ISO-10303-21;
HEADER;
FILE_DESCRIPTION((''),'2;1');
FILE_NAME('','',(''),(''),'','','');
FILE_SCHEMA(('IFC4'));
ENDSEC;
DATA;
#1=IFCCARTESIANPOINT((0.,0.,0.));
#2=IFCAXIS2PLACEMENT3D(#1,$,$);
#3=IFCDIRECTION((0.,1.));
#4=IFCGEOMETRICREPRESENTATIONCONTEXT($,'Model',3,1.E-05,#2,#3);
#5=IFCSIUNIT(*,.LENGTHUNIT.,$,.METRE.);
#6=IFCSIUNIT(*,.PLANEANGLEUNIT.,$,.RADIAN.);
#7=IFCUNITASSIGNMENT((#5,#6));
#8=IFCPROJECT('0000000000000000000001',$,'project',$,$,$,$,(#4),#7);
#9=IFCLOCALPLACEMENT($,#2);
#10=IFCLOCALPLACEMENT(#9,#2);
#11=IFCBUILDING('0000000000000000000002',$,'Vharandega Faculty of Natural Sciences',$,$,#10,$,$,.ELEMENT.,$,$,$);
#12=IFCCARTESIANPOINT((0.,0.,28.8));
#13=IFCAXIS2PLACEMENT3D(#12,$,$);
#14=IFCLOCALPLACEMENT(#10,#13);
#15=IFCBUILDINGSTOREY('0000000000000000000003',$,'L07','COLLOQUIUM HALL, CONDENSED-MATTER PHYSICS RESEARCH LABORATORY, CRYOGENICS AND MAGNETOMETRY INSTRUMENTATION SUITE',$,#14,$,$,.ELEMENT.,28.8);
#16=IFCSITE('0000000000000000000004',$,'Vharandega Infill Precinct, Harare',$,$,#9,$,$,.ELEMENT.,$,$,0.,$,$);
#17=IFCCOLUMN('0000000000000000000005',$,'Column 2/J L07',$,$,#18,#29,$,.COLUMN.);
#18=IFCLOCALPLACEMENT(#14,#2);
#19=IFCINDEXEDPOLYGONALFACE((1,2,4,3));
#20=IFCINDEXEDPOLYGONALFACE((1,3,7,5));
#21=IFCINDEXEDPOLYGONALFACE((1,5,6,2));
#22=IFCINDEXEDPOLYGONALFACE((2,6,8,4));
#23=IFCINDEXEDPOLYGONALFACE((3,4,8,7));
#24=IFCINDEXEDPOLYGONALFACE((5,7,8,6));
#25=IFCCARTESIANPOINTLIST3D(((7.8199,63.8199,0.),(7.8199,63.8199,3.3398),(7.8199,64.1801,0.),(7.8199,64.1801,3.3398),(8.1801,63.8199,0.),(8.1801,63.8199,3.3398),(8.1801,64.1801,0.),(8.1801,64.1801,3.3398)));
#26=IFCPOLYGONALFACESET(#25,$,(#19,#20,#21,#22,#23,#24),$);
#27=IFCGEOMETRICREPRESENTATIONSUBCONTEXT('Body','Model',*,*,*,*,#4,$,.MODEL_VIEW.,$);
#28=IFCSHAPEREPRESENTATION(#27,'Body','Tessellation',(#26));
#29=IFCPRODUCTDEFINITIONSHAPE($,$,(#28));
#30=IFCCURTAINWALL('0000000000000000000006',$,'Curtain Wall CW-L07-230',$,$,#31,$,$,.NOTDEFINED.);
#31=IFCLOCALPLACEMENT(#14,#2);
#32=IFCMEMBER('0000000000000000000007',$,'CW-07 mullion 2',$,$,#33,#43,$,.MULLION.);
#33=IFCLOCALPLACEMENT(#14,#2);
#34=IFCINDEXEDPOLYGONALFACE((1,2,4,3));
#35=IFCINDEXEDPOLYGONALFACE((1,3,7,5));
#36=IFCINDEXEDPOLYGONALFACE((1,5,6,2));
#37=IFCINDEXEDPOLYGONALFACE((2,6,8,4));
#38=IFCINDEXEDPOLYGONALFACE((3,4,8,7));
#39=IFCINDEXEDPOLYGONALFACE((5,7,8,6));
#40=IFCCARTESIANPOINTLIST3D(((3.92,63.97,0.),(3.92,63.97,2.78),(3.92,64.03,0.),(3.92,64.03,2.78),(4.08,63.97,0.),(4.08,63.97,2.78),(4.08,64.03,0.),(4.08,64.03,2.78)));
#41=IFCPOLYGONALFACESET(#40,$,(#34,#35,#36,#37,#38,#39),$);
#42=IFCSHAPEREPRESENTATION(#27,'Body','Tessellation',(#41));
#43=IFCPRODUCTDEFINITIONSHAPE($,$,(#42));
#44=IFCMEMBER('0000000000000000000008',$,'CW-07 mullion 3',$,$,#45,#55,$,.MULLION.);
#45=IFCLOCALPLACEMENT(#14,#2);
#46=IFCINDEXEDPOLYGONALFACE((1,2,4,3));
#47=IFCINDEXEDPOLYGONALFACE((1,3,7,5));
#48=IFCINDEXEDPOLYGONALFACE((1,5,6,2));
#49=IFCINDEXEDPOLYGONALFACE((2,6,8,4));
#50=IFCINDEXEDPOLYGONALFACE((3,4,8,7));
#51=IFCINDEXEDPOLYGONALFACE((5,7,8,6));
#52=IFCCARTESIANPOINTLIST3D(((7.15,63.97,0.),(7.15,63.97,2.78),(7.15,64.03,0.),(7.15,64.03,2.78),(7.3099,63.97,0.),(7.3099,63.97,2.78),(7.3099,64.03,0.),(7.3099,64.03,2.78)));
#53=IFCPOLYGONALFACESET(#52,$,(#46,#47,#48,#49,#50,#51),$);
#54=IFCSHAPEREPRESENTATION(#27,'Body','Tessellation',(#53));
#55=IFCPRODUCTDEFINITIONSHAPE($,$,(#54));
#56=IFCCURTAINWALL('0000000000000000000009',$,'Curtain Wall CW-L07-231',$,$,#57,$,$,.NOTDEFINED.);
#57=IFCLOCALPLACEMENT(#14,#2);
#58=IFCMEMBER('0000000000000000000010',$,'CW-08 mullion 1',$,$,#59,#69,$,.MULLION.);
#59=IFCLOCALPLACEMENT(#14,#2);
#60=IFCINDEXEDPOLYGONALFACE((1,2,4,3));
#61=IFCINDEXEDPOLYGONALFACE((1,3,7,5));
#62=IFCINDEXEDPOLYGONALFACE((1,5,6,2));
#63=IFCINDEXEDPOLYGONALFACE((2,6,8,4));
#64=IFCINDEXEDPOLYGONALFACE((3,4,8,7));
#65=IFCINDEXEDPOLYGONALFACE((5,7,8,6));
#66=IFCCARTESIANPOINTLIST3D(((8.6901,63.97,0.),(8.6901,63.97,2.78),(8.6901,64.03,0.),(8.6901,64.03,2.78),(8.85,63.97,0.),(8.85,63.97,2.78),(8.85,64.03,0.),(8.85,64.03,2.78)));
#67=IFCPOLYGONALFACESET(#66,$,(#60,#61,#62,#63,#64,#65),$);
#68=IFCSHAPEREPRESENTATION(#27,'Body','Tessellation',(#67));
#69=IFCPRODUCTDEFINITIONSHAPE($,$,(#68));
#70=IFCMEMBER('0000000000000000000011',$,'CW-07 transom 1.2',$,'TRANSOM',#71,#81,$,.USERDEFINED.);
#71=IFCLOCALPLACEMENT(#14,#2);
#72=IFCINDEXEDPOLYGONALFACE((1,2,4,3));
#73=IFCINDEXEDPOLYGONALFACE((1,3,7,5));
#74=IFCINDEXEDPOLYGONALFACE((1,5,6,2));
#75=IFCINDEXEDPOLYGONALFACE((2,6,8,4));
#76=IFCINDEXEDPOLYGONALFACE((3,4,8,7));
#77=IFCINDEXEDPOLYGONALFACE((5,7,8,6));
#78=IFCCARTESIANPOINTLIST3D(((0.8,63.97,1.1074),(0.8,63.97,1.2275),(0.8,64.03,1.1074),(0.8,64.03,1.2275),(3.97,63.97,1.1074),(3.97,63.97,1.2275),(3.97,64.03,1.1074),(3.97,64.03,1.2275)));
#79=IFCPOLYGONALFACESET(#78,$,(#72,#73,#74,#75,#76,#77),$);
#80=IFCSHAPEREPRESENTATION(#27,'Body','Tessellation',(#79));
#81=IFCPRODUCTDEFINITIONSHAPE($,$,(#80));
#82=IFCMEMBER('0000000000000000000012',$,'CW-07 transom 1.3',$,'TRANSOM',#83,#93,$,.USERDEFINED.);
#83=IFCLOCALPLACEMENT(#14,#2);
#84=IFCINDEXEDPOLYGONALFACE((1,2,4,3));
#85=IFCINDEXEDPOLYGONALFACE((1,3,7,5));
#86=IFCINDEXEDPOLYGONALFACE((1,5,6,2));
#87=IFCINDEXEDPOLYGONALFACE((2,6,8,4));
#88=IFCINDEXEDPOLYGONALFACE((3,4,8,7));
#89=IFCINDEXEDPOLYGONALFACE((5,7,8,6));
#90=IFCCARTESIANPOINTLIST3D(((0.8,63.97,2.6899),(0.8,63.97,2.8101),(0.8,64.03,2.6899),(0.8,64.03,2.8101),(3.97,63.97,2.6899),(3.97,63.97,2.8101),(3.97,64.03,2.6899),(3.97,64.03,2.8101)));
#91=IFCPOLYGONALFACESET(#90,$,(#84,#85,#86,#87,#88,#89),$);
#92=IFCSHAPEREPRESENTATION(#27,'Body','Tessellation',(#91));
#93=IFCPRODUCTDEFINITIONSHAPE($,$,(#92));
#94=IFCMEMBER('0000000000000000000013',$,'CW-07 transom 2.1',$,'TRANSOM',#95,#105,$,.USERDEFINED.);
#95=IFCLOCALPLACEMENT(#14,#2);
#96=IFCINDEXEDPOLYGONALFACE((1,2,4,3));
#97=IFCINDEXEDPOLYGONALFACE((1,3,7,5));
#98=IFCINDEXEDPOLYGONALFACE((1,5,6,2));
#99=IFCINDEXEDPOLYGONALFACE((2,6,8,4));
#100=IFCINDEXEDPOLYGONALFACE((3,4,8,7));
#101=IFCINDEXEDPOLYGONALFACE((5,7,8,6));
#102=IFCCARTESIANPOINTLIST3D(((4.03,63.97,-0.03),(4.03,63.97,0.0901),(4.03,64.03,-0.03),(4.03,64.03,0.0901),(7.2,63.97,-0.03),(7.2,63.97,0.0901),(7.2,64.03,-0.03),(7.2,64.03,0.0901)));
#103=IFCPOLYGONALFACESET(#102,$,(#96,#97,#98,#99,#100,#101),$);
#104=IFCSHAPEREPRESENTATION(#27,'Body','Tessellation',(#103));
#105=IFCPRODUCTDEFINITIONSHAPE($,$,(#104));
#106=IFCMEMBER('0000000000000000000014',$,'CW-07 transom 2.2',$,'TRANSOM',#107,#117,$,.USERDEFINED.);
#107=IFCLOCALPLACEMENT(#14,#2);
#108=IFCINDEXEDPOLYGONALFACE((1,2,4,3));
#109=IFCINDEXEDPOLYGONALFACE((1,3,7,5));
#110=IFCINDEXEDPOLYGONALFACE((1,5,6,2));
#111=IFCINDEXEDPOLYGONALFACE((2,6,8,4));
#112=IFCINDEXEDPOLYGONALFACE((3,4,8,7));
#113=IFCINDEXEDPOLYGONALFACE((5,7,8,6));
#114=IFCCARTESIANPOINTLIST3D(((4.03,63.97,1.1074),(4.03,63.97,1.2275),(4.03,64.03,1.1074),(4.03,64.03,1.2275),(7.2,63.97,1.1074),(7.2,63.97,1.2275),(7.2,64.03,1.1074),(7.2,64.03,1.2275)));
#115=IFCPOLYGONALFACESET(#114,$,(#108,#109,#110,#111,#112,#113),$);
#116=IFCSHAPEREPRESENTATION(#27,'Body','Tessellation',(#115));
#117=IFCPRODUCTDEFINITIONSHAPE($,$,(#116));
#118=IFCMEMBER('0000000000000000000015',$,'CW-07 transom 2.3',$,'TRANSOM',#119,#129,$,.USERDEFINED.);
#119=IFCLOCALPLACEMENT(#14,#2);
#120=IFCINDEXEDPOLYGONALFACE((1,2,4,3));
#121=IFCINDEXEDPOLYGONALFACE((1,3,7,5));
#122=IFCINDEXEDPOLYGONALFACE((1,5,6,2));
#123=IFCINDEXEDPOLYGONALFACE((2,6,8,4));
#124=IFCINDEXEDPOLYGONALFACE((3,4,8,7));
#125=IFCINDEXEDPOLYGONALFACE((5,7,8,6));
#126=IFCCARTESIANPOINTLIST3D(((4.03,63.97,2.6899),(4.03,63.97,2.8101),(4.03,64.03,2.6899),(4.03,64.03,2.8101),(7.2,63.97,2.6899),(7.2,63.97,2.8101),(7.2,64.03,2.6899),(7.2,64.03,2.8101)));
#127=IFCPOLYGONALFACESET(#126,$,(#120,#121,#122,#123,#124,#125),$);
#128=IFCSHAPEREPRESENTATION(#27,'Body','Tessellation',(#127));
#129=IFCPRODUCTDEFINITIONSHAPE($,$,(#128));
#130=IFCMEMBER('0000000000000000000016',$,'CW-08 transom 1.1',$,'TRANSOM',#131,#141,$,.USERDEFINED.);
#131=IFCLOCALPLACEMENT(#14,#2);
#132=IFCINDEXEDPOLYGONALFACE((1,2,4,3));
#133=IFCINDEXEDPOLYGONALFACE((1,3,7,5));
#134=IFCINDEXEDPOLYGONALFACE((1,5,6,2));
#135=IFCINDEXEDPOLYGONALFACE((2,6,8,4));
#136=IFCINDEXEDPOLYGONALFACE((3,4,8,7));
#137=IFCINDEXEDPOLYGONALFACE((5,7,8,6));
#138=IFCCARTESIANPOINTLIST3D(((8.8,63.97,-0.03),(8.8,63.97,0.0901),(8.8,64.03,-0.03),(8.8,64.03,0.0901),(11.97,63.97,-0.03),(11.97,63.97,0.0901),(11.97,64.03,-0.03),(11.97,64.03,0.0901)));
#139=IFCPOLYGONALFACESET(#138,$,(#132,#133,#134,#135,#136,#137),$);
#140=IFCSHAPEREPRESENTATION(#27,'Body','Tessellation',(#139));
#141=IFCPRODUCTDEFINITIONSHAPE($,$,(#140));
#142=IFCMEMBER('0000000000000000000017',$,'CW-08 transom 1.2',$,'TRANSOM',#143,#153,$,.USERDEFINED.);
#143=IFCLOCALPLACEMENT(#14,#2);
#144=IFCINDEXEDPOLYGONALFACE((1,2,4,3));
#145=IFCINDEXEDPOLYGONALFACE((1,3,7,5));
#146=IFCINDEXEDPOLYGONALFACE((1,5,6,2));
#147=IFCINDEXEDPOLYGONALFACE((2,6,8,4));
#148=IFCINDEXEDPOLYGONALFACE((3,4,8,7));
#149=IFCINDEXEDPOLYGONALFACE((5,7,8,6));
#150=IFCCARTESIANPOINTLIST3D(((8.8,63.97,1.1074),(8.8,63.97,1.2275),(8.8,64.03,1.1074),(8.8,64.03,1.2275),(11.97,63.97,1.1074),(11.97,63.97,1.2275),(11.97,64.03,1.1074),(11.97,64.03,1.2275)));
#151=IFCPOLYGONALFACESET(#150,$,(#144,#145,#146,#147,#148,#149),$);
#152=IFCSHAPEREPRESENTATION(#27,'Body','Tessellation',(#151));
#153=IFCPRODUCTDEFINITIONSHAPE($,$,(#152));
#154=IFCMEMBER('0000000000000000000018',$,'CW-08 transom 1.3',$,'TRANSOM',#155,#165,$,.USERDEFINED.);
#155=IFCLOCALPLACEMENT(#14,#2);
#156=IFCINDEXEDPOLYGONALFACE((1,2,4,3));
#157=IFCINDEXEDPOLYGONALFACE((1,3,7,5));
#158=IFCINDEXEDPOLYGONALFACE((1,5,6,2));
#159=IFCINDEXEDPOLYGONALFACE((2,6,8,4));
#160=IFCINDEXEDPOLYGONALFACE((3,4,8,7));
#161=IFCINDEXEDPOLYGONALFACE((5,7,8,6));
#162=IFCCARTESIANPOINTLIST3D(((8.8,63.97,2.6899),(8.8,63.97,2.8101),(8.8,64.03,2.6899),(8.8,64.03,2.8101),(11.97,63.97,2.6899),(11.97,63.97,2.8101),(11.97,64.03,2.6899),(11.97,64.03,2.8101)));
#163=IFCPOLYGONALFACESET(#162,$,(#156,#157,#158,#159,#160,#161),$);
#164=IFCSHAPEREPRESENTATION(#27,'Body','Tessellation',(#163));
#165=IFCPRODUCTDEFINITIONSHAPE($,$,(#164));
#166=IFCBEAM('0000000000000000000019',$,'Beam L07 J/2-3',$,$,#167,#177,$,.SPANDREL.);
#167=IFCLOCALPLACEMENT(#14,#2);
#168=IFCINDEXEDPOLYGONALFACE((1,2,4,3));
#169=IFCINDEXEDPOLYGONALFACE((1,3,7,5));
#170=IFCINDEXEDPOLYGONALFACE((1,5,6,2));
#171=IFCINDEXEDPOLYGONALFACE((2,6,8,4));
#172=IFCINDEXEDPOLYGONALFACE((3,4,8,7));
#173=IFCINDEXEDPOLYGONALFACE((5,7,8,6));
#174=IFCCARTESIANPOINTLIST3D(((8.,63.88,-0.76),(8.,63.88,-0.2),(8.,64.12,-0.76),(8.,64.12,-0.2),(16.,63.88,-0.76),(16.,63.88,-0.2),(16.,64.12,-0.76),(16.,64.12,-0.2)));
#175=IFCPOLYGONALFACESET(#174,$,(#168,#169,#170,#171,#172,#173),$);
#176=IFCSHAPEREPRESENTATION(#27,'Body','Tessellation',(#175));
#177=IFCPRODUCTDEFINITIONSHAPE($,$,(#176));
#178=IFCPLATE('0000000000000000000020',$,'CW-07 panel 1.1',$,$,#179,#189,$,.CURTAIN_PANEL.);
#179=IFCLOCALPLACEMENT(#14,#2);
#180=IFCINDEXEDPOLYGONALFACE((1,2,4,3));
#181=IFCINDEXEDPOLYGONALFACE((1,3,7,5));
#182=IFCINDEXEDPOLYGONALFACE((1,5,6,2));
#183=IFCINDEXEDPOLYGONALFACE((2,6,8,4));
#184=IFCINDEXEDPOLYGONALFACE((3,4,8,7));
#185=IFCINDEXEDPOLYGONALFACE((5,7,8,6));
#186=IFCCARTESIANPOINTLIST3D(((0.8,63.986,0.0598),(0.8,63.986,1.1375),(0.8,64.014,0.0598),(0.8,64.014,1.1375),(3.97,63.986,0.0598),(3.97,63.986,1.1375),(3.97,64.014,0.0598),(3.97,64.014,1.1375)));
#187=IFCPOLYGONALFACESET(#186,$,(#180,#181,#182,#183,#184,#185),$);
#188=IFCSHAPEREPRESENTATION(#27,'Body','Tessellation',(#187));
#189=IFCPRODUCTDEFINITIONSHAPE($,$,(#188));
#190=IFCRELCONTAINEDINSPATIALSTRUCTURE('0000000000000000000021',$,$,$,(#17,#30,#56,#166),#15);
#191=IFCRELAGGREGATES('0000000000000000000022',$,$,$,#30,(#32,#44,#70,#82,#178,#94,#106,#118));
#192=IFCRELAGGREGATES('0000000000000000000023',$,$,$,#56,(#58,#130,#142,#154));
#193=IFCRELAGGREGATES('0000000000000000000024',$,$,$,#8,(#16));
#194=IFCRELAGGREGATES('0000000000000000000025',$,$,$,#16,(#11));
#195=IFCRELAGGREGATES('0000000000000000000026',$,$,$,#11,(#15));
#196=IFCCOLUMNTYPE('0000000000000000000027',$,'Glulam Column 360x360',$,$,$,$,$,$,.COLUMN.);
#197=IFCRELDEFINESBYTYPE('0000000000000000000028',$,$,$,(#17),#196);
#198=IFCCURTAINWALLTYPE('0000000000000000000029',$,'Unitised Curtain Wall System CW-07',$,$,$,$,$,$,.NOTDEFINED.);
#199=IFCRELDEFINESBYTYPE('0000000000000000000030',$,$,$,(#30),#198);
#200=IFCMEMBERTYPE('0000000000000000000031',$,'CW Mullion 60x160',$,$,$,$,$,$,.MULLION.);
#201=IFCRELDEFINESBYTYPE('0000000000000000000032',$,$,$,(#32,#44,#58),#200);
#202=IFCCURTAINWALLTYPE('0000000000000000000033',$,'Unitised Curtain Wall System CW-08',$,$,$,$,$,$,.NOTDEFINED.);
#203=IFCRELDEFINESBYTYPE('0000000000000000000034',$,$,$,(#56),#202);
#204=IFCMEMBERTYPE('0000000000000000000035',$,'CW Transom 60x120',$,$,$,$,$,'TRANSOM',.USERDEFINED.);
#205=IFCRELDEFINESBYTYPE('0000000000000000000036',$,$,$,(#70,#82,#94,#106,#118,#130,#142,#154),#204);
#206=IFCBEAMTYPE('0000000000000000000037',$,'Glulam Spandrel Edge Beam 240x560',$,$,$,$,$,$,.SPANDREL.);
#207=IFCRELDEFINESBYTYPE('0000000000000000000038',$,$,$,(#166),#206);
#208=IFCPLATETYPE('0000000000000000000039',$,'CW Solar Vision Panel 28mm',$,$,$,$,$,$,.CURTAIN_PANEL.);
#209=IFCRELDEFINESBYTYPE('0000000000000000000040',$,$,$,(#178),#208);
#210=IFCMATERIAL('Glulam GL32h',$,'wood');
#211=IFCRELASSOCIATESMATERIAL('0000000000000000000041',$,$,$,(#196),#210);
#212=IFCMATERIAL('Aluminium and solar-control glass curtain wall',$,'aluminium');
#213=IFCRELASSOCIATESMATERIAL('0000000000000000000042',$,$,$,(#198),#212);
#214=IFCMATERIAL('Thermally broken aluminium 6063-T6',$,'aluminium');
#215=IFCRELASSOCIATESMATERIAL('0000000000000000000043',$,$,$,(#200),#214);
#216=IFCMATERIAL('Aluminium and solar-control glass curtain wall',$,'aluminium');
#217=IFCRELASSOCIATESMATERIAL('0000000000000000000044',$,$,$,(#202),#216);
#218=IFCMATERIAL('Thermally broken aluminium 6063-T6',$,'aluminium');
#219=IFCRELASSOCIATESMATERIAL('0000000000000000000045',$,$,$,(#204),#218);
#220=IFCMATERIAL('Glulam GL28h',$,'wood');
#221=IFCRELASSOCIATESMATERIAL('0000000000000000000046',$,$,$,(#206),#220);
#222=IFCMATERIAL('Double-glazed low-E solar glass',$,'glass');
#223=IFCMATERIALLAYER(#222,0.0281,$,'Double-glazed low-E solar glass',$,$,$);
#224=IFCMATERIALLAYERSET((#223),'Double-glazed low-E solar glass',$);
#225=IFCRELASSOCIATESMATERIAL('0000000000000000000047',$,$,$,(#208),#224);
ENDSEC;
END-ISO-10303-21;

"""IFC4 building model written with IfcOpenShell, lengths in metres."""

from ifc_helpers import new_model, si_unit, direction, frame, origin, origin_2d, place, context, subcontext, project, spatial, rectangle, extrude, material, layer, layer_set, material_profile, profile_set, type_object, element, aggregate, save


model = new_model("IFC4")

# Units and contexts
model_context = context("Model", 3, precision=1e-05, world=origin(), true_north=direction((0.0, 1.0)))
body_context = subcontext(model_context, "Body", "Model", "MODEL_VIEW")
ifc_project = project(units=[si_unit("LENGTHUNIT", "METRE"), si_unit("PLANEANGLEUNIT", "RADIAN")], contexts=[model_context])

# Site, building, storey
site_placement = place(None, origin())
site = spatial("IfcSite", under=ifc_project, at=site_placement, Name="Vharandega Infill Precinct, Harare", CompositionType="ELEMENT", RefElevation=0.0)
building_placement = place(site_placement, origin())
building = spatial("IfcBuilding", under=site, at=building_placement, Name="Vharandega Faculty of Natural Sciences", CompositionType="ELEMENT")
storey_placement = place(building_placement, frame((0.0, 0.0, 28.8)))
storey = spatial("IfcBuildingStorey", under=building, at=storey_placement, Name="L07", Description="COLLOQUIUM HALL, CONDENSED-MATTER PHYSICS RESEARCH LABORATORY, CRYOGENICS AND MAGNETOMETRY INSTRUMENTATION SUITE", CompositionType="ELEMENT", Elevation=28.8)

# Column
ifc_material_1 = material(Name="Glulam GL32h", Category="wood")
ifc_material_profile_1 = material_profile(ifc_material_1, rectangle(XDim=0.3601, YDim=0.3601, at=origin_2d()), Name="GL32h 360x360")
ifc_profile_set_1 = profile_set([ifc_material_profile_1], Name="Glulam GL32h")
column_type = type_object("IfcColumnType", Name="Glulam Column 360x360", PredefinedType="COLUMN", material=ifc_profile_set_1)
column_placement = place(storey_placement, frame((8.0, 64.0, 0.0), z_axis=(0.0, 0.0, 1.0), x_axis=(1.0, 0.0, 0.0)))
element("IfcColumn", 1, at=column_placement, inside=storey, type_object=column_type, Name="Column 2/J L07", PredefinedType="COLUMN", context=body_context, shape_type="SweptSolid", body=[
    extrude(rectangle(XDim=0.3601, YDim=0.3601, at=origin_2d()), origin(), (0.0, 0.0, 1.0), 3.3398),
])

# Curtain wall, members
ifc_material_2 = material(Name="Aluminium and solar-control glass curtain wall", Category="aluminium")
curtain_wall_type_1 = type_object("IfcCurtainWallType", Name="Unitised Curtain Wall System CW-07", PredefinedType="NOTDEFINED", material=ifc_material_2)
curtain_wall_1_placement = place(storey_placement, origin())
curtain_wall_1 = element("IfcCurtainWall", 2, at=curtain_wall_1_placement, inside=storey, type_object=curtain_wall_type_1, Name="Curtain Wall CW-L07-230", PredefinedType="NOTDEFINED")
ifc_material_3 = material(Name="Thermally broken aluminium 6063-T6", Category="aluminium")
ifc_material_profile_2 = material_profile(ifc_material_3, rectangle(XDim=0.0601, YDim=0.1599, at=origin_2d()), Name="ALU 60x160")
ifc_profile_set_2 = profile_set([ifc_material_profile_2], Name="Thermally broken aluminium 6063-T6")
member_type_1 = type_object("IfcMemberType", Name="CW Mullion 60x160", PredefinedType="MULLION", material=ifc_profile_set_2)
member_1_placement = place(storey_placement, frame((4.0, 64.0, 0.0), z_axis=(0.0, 0.0, 1.0), x_axis=(0.0, 1.0, 0.0)))
member_1 = element("IfcMember", 3, at=member_1_placement, type_object=member_type_1, Name="CW-07 mullion 2", PredefinedType="MULLION", context=body_context, shape_type="SweptSolid", body=[
    extrude(rectangle(XDim=0.0601, YDim=0.1599, at=origin_2d()), origin(), (0.0, 0.0, 1.0), 2.78),
])
member_2_placement = place(storey_placement, frame((7.23, 64.0, 0.0), z_axis=(0.0, 0.0, 1.0), x_axis=(0.0, 1.0, 0.0)))
member_2 = element("IfcMember", 4, at=member_2_placement, type_object=member_type_1, Name="CW-07 mullion 3", PredefinedType="MULLION", context=body_context, shape_type="SweptSolid", body=[
    extrude(rectangle(XDim=0.0601, YDim=0.1599, at=origin_2d()), origin(), (0.0, 0.0, 1.0), 2.78),
])

# Curtain wall, member
ifc_material_4 = material(Name="Aluminium and solar-control glass curtain wall", Category="aluminium")
curtain_wall_type_2 = type_object("IfcCurtainWallType", Name="Unitised Curtain Wall System CW-08", PredefinedType="NOTDEFINED", material=ifc_material_4)
curtain_wall_2_placement = place(storey_placement, origin())
curtain_wall_2 = element("IfcCurtainWall", 5, at=curtain_wall_2_placement, inside=storey, type_object=curtain_wall_type_2, Name="Curtain Wall CW-L07-231", PredefinedType="NOTDEFINED")
member_3_placement = place(storey_placement, frame((8.77, 64.0, 0.0), z_axis=(0.0, 0.0, 1.0), x_axis=(0.0, 1.0, 0.0)))
member_3 = element("IfcMember", 6, at=member_3_placement, type_object=member_type_1, Name="CW-08 mullion 1", PredefinedType="MULLION", context=body_context, shape_type="SweptSolid", body=[
    extrude(rectangle(XDim=0.0601, YDim=0.1599, at=origin_2d()), origin(), (0.0, 0.0, 1.0), 2.78),
])

# Members
ifc_material_5 = material(Name="Thermally broken aluminium 6063-T6", Category="aluminium")
ifc_material_profile_3 = material_profile(ifc_material_5, rectangle(XDim=0.0601, YDim=0.1201, at=origin_2d()), Name="ALU 60x120")
ifc_profile_set_3 = profile_set([ifc_material_profile_3], Name="Thermally broken aluminium 6063-T6")
member_type_2 = type_object("IfcMemberType", Name="CW Transom 60x120", ElementType="TRANSOM", PredefinedType="USERDEFINED", material=ifc_profile_set_3)
member_4_placement = place(storey_placement, frame((0.8, 64.0, 1.1675), z_axis=(1.0, 0.0, 0.0), x_axis=(0.0, 1.0, 0.0)))
member_4 = element("IfcMember", 7, at=member_4_placement, type_object=member_type_2, Name="CW-07 transom 1.2", ObjectType="TRANSOM", PredefinedType="USERDEFINED", context=body_context, shape_type="SweptSolid", body=[
    extrude(rectangle(XDim=0.0601, YDim=0.1201, at=origin_2d()), origin(), (0.0, 0.0, 1.0), 3.1699),
])
member_5_placement = place(storey_placement, frame((0.8, 64.0, 2.75), z_axis=(1.0, 0.0, 0.0), x_axis=(0.0, 1.0, 0.0)))
member_5 = element("IfcMember", 8, at=member_5_placement, type_object=member_type_2, Name="CW-07 transom 1.3", ObjectType="TRANSOM", PredefinedType="USERDEFINED", context=body_context, shape_type="SweptSolid", body=[
    extrude(rectangle(XDim=0.0601, YDim=0.1201, at=origin_2d()), origin(), (0.0, 0.0, 1.0), 3.1699),
])
member_6_placement = place(storey_placement, frame((4.03, 64.0, 0.03), z_axis=(1.0, 0.0, 0.0), x_axis=(0.0, 1.0, 0.0)))
member_6 = element("IfcMember", 9, at=member_6_placement, type_object=member_type_2, Name="CW-07 transom 2.1", ObjectType="TRANSOM", PredefinedType="USERDEFINED", context=body_context, shape_type="SweptSolid", body=[
    extrude(rectangle(XDim=0.0601, YDim=0.1201, at=origin_2d()), origin(), (0.0, 0.0, 1.0), 3.1699),
])
member_7_placement = place(storey_placement, frame((4.03, 64.0, 1.1675), z_axis=(1.0, 0.0, 0.0), x_axis=(0.0, 1.0, 0.0)))
member_7 = element("IfcMember", 10, at=member_7_placement, type_object=member_type_2, Name="CW-07 transom 2.2", ObjectType="TRANSOM", PredefinedType="USERDEFINED", context=body_context, shape_type="SweptSolid", body=[
    extrude(rectangle(XDim=0.0601, YDim=0.1201, at=origin_2d()), origin(), (0.0, 0.0, 1.0), 3.1699),
])
member_8_placement = place(storey_placement, frame((4.03, 64.0, 2.75), z_axis=(1.0, 0.0, 0.0), x_axis=(0.0, 1.0, 0.0)))
member_8 = element("IfcMember", 11, at=member_8_placement, type_object=member_type_2, Name="CW-07 transom 2.3", ObjectType="TRANSOM", PredefinedType="USERDEFINED", context=body_context, shape_type="SweptSolid", body=[
    extrude(rectangle(XDim=0.0601, YDim=0.1201, at=origin_2d()), origin(), (0.0, 0.0, 1.0), 3.1699),
])
member_9_placement = place(storey_placement, frame((8.8, 64.0, 0.03), z_axis=(1.0, 0.0, 0.0), x_axis=(0.0, 1.0, 0.0)))
member_9 = element("IfcMember", 12, at=member_9_placement, type_object=member_type_2, Name="CW-08 transom 1.1", ObjectType="TRANSOM", PredefinedType="USERDEFINED", context=body_context, shape_type="SweptSolid", body=[
    extrude(rectangle(XDim=0.0601, YDim=0.1201, at=origin_2d()), origin(), (0.0, 0.0, 1.0), 3.1699),
])
member_10_placement = place(storey_placement, frame((8.8, 64.0, 1.1675), z_axis=(1.0, 0.0, 0.0), x_axis=(0.0, 1.0, 0.0)))
member_10 = element("IfcMember", 13, at=member_10_placement, type_object=member_type_2, Name="CW-08 transom 1.2", ObjectType="TRANSOM", PredefinedType="USERDEFINED", context=body_context, shape_type="SweptSolid", body=[
    extrude(rectangle(XDim=0.0601, YDim=0.1201, at=origin_2d()), origin(), (0.0, 0.0, 1.0), 3.1699),
])
member_11_placement = place(storey_placement, frame((8.8, 64.0, 2.75), z_axis=(1.0, 0.0, 0.0), x_axis=(0.0, 1.0, 0.0)))
member_11 = element("IfcMember", 14, at=member_11_placement, type_object=member_type_2, Name="CW-08 transom 1.3", ObjectType="TRANSOM", PredefinedType="USERDEFINED", context=body_context, shape_type="SweptSolid", body=[
    extrude(rectangle(XDim=0.0601, YDim=0.1201, at=origin_2d()), origin(), (0.0, 0.0, 1.0), 3.1699),
])

# Beam
ifc_material_6 = material(Name="Glulam GL28h", Category="wood")
ifc_material_profile_4 = material_profile(ifc_material_6, rectangle(XDim=0.24, YDim=0.5601, at=origin_2d()), Name="GL28h 240x560")
ifc_profile_set_4 = profile_set([ifc_material_profile_4], Name="Glulam GL28h")
beam_type = type_object("IfcBeamType", Name="Glulam Spandrel Edge Beam 240x560", PredefinedType="SPANDREL", material=ifc_profile_set_4)
beam_placement = place(storey_placement, frame((8.0, 64.0, -0.48), z_axis=(1.0, 0.0, 0.0), x_axis=(0.0, 1.0, 0.0)))
element("IfcBeam", 15, at=beam_placement, inside=storey, type_object=beam_type, Name="Beam L07 J/2-3", PredefinedType="SPANDREL", context=body_context, shape_type="SweptSolid", body=[
    extrude(rectangle(XDim=0.24, YDim=0.5601, at=origin_2d()), origin(), (0.0, 0.0, 1.0), 8.0),
])

# Plate
ifc_material_7 = material(Name="Double-glazed low-E solar glass", Category="glass")
ifc_layer = layer(ifc_material_7, 0.0281, Name="Double-glazed low-E solar glass")
ifc_layer_set = layer_set([ifc_layer], Name="Double-glazed low-E solar glass")
plate_type = type_object("IfcPlateType", Name="CW Solar Vision Panel 28mm", PredefinedType="CURTAIN_PANEL", material=ifc_layer_set)
plate_1_placement = place(storey_placement, frame((2.385, 64.0, 0.0598), z_axis=(0.0, 0.0, 1.0), x_axis=(1.0, 0.0, 0.0)))
plate_1 = element("IfcPlate", 16, at=plate_1_placement, type_object=plate_type, Name="CW-07 panel 1.1", PredefinedType="CURTAIN_PANEL", context=body_context, shape_type="SweptSolid", body=[
    extrude(rectangle(XDim=3.1699, YDim=0.0281, at=origin_2d()), origin(), (0.0, 0.0, 1.0), 1.0776),
])
aggregate(curtain_wall_1, [member_1, member_2, member_4, member_5, plate_1, member_6, member_7, member_8])
aggregate(curtain_wall_2, [member_3, member_9, member_10, member_11])

save(model, "model.ifc")
